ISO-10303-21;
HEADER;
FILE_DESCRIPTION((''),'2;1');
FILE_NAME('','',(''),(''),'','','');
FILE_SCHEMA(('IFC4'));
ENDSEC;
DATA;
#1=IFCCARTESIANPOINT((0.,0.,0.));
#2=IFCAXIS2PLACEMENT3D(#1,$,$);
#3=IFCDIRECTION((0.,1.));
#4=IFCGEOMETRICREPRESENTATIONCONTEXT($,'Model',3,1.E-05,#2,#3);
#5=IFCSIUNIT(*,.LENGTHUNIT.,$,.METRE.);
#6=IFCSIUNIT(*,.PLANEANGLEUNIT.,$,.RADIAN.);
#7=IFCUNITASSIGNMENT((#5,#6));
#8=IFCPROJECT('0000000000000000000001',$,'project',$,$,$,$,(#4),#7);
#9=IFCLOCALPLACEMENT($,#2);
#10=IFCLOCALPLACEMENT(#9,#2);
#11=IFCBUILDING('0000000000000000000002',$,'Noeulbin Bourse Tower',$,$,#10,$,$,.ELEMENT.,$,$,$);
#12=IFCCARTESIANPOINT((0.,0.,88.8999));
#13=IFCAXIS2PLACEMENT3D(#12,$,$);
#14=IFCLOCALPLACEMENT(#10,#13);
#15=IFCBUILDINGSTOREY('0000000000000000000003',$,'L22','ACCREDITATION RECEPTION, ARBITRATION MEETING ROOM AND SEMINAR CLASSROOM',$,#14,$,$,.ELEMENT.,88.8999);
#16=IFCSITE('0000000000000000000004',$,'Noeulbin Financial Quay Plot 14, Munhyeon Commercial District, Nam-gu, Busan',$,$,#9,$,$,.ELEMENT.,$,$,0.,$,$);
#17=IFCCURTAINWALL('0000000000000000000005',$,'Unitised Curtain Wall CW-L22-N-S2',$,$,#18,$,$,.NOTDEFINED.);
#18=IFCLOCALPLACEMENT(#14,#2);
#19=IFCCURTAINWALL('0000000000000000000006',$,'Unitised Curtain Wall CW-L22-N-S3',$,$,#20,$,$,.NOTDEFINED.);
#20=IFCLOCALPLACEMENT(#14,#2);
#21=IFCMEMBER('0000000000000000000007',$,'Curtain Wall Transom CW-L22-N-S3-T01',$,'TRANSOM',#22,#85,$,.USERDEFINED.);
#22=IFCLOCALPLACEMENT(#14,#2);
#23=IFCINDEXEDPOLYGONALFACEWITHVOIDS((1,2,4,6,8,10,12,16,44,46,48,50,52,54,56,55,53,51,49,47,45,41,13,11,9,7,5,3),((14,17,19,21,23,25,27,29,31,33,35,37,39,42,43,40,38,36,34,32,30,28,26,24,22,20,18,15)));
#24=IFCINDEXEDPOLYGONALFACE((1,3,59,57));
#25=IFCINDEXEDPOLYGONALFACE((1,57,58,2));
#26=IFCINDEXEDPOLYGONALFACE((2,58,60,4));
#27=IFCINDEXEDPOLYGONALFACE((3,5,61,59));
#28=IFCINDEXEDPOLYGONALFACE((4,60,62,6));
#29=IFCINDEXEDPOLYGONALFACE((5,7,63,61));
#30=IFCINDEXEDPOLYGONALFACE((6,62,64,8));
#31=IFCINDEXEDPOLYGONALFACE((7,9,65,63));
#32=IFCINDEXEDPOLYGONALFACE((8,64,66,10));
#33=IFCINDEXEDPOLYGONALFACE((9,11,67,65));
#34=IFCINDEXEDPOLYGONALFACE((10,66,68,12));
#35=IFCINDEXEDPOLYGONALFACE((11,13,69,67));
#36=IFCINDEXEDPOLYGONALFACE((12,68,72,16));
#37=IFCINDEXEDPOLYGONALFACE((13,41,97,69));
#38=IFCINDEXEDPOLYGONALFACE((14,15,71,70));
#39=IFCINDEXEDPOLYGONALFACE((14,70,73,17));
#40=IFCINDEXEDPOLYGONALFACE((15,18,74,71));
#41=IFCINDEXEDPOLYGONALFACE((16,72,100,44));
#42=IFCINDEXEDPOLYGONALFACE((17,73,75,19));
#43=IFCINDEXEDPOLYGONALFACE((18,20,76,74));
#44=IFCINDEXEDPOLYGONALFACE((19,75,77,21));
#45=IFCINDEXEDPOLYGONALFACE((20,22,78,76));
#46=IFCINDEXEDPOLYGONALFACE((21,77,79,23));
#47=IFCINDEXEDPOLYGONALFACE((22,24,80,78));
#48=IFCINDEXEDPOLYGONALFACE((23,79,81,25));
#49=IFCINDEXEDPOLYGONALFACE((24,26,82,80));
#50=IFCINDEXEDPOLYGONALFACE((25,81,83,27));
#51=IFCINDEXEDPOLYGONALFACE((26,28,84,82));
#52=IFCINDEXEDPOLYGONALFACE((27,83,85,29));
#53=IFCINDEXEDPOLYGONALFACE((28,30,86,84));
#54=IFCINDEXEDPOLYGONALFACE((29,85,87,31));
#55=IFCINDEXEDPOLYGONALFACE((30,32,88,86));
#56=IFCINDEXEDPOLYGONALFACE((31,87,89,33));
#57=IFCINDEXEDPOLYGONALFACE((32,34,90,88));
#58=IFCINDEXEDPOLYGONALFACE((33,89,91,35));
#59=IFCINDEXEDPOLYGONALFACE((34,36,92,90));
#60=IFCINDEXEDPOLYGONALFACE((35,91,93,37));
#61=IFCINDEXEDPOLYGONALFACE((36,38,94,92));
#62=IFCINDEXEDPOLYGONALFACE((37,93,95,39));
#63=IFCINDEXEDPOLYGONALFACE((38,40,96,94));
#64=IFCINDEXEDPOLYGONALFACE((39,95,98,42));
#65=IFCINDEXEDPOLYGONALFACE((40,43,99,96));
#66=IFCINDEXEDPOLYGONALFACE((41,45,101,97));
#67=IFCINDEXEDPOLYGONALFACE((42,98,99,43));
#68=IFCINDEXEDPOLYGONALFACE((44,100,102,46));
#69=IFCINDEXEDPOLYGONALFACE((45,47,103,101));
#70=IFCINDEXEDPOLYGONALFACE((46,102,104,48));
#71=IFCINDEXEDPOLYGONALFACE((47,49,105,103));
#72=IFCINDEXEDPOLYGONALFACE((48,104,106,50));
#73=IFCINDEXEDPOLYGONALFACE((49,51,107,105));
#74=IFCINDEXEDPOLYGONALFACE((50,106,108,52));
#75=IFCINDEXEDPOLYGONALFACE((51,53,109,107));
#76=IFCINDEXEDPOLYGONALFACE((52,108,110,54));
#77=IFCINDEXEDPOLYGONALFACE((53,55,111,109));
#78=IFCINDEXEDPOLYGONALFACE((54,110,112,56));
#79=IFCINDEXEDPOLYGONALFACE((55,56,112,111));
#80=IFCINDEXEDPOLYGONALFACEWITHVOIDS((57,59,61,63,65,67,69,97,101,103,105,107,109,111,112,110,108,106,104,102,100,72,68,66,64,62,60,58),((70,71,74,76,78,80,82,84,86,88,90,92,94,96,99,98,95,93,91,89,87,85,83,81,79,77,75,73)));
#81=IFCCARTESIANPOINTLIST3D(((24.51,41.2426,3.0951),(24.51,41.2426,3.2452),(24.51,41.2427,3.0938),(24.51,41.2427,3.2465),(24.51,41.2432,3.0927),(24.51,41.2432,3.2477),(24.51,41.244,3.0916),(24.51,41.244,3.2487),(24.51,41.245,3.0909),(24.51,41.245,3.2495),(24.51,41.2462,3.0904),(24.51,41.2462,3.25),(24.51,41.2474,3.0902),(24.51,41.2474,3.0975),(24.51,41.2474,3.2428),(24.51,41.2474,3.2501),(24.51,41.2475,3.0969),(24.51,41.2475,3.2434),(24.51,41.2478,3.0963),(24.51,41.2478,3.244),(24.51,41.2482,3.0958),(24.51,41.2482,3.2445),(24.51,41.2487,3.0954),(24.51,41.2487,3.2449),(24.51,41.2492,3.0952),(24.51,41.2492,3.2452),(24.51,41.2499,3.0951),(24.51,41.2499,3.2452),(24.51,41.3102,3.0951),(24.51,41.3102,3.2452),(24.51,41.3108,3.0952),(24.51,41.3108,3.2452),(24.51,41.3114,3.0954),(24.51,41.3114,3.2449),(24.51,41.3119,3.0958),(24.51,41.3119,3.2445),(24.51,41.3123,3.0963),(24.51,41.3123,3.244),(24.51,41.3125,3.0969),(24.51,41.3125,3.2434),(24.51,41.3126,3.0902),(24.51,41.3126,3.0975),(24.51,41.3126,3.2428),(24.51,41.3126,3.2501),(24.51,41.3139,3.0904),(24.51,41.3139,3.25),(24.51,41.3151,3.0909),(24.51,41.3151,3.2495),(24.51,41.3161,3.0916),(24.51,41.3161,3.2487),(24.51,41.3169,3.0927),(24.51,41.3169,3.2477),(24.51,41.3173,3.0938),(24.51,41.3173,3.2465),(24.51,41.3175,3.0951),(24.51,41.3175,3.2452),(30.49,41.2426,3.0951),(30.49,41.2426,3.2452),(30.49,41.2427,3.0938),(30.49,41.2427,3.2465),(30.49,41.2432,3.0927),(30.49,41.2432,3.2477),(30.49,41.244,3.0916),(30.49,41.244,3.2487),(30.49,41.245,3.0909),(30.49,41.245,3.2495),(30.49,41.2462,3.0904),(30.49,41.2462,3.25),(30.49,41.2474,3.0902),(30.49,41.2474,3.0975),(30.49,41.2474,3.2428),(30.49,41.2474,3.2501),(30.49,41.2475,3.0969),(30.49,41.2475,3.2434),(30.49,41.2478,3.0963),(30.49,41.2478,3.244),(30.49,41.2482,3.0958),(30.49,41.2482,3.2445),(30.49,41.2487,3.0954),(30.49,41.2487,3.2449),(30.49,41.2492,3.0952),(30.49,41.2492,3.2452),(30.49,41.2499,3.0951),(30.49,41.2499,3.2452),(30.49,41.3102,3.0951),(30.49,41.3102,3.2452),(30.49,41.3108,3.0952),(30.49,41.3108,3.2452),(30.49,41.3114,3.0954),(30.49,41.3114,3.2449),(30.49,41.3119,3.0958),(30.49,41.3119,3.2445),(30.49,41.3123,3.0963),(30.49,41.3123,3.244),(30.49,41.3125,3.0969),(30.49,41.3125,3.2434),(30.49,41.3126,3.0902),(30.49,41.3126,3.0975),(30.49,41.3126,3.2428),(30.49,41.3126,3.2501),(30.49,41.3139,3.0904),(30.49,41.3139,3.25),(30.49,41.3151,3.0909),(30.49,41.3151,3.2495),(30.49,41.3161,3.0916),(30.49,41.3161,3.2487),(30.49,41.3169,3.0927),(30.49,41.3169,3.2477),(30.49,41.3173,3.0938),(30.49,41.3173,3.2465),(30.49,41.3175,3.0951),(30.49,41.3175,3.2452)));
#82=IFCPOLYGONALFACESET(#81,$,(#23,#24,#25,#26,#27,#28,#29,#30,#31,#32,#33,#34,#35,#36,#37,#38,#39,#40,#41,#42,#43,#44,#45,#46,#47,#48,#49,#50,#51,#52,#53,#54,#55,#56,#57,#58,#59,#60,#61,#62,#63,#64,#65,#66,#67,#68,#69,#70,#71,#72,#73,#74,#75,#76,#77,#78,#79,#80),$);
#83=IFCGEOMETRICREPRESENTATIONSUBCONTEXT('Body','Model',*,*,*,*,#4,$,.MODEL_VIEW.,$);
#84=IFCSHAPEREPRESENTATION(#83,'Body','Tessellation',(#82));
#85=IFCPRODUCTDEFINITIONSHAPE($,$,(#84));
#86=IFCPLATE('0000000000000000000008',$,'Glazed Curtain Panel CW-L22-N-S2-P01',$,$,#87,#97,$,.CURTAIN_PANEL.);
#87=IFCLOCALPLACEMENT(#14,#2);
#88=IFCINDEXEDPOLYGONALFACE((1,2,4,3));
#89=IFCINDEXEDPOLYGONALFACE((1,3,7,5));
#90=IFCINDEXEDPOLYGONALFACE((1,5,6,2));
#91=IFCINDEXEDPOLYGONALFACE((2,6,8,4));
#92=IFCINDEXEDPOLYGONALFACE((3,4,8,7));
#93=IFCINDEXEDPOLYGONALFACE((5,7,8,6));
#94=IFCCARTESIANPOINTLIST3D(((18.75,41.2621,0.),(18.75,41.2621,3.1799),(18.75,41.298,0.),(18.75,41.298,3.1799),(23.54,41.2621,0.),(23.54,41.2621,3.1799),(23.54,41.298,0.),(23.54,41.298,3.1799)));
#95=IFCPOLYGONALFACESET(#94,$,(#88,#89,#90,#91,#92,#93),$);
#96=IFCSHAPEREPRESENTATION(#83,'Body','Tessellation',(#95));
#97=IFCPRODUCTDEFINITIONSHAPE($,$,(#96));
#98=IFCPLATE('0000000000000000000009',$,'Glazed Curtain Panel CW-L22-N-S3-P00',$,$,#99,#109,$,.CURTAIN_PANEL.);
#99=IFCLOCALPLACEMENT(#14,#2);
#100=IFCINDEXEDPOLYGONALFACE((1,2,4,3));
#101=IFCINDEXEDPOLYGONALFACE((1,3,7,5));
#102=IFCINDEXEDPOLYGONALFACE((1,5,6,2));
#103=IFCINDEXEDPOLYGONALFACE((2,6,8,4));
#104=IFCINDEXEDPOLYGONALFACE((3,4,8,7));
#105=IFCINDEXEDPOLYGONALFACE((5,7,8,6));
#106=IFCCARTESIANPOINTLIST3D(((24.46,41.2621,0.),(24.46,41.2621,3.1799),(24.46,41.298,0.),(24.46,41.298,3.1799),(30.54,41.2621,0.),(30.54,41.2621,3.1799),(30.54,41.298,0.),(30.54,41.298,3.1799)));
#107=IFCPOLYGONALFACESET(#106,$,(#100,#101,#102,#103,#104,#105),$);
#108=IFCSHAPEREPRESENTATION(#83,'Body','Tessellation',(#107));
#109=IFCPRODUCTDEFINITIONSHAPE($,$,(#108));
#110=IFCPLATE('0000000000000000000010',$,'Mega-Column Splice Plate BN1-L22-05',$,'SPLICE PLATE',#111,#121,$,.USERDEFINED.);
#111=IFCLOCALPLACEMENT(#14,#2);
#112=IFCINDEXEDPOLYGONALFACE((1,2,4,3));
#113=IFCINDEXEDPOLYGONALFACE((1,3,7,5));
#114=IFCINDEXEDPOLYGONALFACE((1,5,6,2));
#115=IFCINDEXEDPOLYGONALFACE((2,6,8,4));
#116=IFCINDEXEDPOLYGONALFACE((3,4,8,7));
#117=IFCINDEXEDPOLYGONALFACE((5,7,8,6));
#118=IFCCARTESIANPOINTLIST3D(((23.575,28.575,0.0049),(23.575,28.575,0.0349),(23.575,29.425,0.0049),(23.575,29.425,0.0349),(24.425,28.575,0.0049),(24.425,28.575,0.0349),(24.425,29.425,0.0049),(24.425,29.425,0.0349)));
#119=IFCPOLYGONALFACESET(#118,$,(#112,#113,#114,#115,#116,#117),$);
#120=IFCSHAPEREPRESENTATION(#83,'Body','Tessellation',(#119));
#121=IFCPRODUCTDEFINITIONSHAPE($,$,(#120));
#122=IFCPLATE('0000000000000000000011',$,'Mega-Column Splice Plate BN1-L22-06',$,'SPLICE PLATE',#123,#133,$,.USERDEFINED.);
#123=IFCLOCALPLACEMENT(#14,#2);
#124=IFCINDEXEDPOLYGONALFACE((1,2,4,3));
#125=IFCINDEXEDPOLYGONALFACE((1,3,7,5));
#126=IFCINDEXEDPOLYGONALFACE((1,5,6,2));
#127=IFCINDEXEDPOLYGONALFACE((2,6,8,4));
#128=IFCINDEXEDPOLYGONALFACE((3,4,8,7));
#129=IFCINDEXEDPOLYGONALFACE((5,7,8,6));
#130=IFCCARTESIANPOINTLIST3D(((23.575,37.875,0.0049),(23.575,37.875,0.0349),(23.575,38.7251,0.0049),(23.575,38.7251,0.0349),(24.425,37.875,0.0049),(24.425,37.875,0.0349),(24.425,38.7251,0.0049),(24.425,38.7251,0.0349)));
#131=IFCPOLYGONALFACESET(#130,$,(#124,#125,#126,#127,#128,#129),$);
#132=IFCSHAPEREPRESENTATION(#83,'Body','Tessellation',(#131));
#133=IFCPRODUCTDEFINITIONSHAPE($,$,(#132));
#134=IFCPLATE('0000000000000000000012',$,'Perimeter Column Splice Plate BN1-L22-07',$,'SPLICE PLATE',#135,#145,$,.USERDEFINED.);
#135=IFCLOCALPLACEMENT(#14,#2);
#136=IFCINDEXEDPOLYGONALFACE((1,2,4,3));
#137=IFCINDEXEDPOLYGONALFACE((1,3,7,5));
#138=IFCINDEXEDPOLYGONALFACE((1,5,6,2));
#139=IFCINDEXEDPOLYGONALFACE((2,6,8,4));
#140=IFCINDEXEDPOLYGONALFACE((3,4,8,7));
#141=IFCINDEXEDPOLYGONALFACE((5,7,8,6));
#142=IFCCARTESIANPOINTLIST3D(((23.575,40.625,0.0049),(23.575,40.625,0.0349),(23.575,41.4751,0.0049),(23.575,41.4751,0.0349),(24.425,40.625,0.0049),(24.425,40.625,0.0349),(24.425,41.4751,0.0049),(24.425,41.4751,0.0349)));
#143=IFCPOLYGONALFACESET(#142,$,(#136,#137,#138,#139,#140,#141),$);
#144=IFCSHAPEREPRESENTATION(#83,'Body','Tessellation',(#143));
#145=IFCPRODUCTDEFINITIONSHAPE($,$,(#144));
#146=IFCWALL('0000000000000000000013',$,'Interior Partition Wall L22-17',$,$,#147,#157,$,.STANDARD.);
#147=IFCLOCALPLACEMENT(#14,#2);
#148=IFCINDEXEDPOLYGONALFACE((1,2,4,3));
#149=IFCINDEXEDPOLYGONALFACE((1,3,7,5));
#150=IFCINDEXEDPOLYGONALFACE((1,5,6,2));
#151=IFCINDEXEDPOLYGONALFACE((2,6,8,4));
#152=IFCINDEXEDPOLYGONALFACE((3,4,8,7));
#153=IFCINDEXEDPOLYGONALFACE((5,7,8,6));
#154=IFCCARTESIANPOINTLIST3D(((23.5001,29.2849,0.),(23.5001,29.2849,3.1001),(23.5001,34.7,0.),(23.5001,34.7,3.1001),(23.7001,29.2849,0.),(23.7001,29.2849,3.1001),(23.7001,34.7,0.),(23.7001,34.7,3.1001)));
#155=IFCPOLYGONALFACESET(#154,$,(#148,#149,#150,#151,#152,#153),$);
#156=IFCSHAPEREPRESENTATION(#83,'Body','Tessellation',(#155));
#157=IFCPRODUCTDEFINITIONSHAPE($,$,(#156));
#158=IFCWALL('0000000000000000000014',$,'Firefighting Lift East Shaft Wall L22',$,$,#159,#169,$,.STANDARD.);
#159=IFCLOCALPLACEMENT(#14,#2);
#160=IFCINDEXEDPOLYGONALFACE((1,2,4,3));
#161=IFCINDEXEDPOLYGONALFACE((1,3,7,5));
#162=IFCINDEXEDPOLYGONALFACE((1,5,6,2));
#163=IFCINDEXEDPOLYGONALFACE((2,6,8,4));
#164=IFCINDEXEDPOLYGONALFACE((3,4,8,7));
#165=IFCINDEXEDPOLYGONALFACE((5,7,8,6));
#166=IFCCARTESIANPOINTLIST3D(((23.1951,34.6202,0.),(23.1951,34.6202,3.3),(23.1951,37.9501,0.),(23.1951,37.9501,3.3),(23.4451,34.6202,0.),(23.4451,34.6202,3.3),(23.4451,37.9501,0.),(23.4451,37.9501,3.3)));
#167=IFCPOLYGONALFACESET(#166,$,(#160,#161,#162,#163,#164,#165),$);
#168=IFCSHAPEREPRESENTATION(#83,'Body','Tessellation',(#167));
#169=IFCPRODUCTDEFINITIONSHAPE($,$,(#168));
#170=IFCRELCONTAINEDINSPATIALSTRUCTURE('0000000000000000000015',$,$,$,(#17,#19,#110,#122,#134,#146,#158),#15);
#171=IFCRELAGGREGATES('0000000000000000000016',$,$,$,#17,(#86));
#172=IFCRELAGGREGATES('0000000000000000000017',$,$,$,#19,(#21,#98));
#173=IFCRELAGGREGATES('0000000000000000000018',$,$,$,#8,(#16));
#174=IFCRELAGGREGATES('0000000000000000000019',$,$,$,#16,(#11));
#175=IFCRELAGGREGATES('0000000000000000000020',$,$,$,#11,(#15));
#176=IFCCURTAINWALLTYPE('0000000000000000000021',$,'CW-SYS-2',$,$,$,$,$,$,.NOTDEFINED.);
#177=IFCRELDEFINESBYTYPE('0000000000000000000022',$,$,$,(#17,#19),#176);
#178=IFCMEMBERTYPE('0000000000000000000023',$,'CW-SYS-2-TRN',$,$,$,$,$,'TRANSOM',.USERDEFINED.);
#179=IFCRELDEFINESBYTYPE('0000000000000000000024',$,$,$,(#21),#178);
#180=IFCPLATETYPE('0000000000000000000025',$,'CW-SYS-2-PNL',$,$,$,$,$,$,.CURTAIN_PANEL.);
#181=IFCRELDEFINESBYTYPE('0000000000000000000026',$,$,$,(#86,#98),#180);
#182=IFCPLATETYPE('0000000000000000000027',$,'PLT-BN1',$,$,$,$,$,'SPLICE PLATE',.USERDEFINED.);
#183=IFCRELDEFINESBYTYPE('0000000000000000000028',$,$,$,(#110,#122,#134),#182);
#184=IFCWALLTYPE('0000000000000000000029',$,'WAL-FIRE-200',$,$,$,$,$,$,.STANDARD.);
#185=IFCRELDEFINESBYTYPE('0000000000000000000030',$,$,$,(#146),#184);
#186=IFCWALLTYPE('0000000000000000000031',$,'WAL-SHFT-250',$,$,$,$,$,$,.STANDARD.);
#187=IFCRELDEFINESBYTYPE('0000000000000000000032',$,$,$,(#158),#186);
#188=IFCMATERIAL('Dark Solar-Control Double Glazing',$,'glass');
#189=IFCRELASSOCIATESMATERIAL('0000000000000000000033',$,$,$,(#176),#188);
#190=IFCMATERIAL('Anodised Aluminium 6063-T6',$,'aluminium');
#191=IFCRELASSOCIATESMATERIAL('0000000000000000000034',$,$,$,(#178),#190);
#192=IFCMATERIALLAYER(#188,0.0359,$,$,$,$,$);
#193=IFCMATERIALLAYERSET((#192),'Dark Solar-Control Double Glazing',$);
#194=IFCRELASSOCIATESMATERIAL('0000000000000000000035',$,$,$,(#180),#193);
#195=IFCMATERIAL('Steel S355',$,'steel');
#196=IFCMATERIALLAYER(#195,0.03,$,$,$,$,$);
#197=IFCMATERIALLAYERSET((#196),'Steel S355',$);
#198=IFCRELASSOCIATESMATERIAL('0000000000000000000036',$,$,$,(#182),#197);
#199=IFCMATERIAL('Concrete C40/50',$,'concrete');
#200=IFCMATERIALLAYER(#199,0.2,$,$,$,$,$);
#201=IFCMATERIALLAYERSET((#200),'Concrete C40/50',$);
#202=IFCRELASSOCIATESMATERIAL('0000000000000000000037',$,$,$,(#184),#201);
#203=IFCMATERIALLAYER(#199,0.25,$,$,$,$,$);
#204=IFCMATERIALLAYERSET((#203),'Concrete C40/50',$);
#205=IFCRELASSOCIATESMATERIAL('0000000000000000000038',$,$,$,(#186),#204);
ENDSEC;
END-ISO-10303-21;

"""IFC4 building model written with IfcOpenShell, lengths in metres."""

from ifc_helpers import new_model, si_unit, direction, frame, frame_2d, origin, origin_2d, place, context, subcontext, project, spatial, rectangle, hollow_rectangle, extrude, material, layer, layer_set, material_profile, profile_set, type_object, element, aggregate, save


model = new_model("IFC4")

# Units and contexts
model_context = context("Model", 3, precision=1e-05, world=origin(), true_north=direction((0.0, 1.0)))
body_context = subcontext(model_context, "Body", "Model", "MODEL_VIEW")
ifc_project = project(units=[si_unit("LENGTHUNIT", "METRE"), si_unit("PLANEANGLEUNIT", "RADIAN")], contexts=[model_context])

# Site, building, storey
site_placement = place(None, origin())
site = spatial("IfcSite", under=ifc_project, at=site_placement, Name="Noeulbin Financial Quay Plot 14, Munhyeon Commercial District, Nam-gu, Busan", CompositionType="ELEMENT", RefElevation=0.0)
building_placement = place(site_placement, origin())
building = spatial("IfcBuilding", under=site, at=building_placement, Name="Noeulbin Bourse Tower", CompositionType="ELEMENT")
storey_placement = place(building_placement, frame((0.0, 0.0, 88.8999)))
storey = spatial("IfcBuildingStorey", under=building, at=storey_placement, Name="L22", Description="ACCREDITATION RECEPTION, ARBITRATION MEETING ROOM AND SEMINAR CLASSROOM", CompositionType="ELEMENT", Elevation=88.8999)

# Shared definitions
ifc_material_1 = material(Name="Steel S355", Category="steel")

# Curtain wall
ifc_material_2 = material(Name="Dark Solar-Control Double Glazing", Category="glass")
curtain_wall_type = type_object("IfcCurtainWallType", Name="CW-SYS-2", PredefinedType="NOTDEFINED", material=ifc_material_2)
curtain_wall_1_placement = place(storey_placement, origin())
curtain_wall_1 = element("IfcCurtainWall", 1, at=curtain_wall_1_placement, inside=storey, type_object=curtain_wall_type, Name="Unitised Curtain Wall CW-L22-N-S2", PredefinedType="NOTDEFINED")
ifc_material_3 = material(Name="Anodised Aluminium 6063-T6", Category="aluminium")

# Curtain wall, member
curtain_wall_2_placement = place(storey_placement, origin())
curtain_wall_2 = element("IfcCurtainWall", 2, at=curtain_wall_2_placement, inside=storey, type_object=curtain_wall_type, Name="Unitised Curtain Wall CW-L22-N-S3", PredefinedType="NOTDEFINED")
ifc_material_profile_1 = material_profile(ifc_material_3, hollow_rectangle(XDim=0.075, YDim=0.1599, WallThickness=0.0049, InnerFilletRadius=0.0024, OuterFilletRadius=0.0049, at=origin_2d()), Name="ALU-TRAN-75x160x5", Category="LoadBearing")
ifc_profile_set_1 = profile_set([ifc_material_profile_1], Name="Anodised Aluminium 6063-T6")
member_type_1 = type_object("IfcMemberType", Name="CW-SYS-2-TRN", ElementType="TRANSOM", PredefinedType="USERDEFINED", material=ifc_profile_set_1)
member_1_placement = place(storey_placement, frame((24.51, 41.28, 3.1702), z_axis=(1.0, 0.0, 0.0), x_axis=(0.0, 1.0, 0.0)))
member_1 = element("IfcMember", 3, at=member_1_placement, type_object=member_type_1, Name="Curtain Wall Transom CW-L22-N-S3-T01", ObjectType="TRANSOM", PredefinedType="USERDEFINED", context=body_context, shape_type="SweptSolid", body=[
    extrude(hollow_rectangle(XDim=0.075, YDim=0.1599, WallThickness=0.0049, InnerFilletRadius=0.0024, OuterFilletRadius=0.0049, at=origin_2d()), origin(), (0.0, 0.0, 1.0), 5.98),
])

# Plates
ifc_layer_1 = layer(ifc_material_2, 0.0359)
ifc_layer_set_1 = layer_set([ifc_layer_1], Name="Dark Solar-Control Double Glazing")
plate_type_1 = type_object("IfcPlateType", Name="CW-SYS-2-PNL", PredefinedType="CURTAIN_PANEL", material=ifc_layer_set_1)
plate_1_placement = place(storey_placement, frame((21.145, 41.28, 0.0), z_axis=(0.0, 0.0, 1.0), x_axis=(1.0, 0.0, 0.0)))
plate_1 = element("IfcPlate", 4, at=plate_1_placement, type_object=plate_type_1, Name="Glazed Curtain Panel CW-L22-N-S2-P01", PredefinedType="CURTAIN_PANEL", context=body_context, shape_type="SweptSolid", body=[
    extrude(rectangle(XDim=4.79, YDim=0.0359, at=origin_2d()), origin(), (0.0, 0.0, 1.0), 3.1799),
])
aggregate(curtain_wall_1, [plate_1])
plate_2_placement = place(storey_placement, frame((27.5, 41.28, 0.0), z_axis=(0.0, 0.0, 1.0), x_axis=(1.0, 0.0, 0.0)))
plate_2 = element("IfcPlate", 5, at=plate_2_placement, type_object=plate_type_1, Name="Glazed Curtain Panel CW-L22-N-S3-P00", PredefinedType="CURTAIN_PANEL", context=body_context, shape_type="SweptSolid", body=[
    extrude(rectangle(XDim=6.0801, YDim=0.0359, at=origin_2d()), origin(), (0.0, 0.0, 1.0), 3.1799),
])
aggregate(curtain_wall_2, [member_1, plate_2])

# Plates
ifc_layer_2 = layer(ifc_material_1, 0.03)
ifc_layer_set_2 = layer_set([ifc_layer_2], Name="Steel S355")
plate_type_2 = type_object("IfcPlateType", Name="PLT-BN1", ElementType="SPLICE PLATE", PredefinedType="USERDEFINED", material=ifc_layer_set_2)
for number, where, z_axis, x_axis, name in (
    (6, (24.0, 29.0, 0.0049), (0.0, 0.0, 1.0), (1.0, 0.0, 0.0), "Mega-Column Splice Plate BN1-L22-05"),
    (7, (24.0, 38.3, 0.0049), (0.0, 0.0, 1.0), (1.0, 0.0, 0.0), "Mega-Column Splice Plate BN1-L22-06"),
    (8, (24.0, 41.05, 0.0049), (0.0, 0.0, 1.0), (1.0, 0.0, 0.0), "Perimeter Column Splice Plate BN1-L22-07"),
):
    element("IfcPlate", number, at=place(storey_placement, frame(where, z_axis=z_axis, x_axis=x_axis)), inside=storey, type_object=plate_type_2, Name=name, ObjectType="SPLICE PLATE", PredefinedType="USERDEFINED", context=body_context, shape_type="SweptSolid", body=[
        extrude(rectangle(XDim=0.8501, YDim=0.8501, at=origin_2d()), origin(), (0.0, 0.0, 1.0), 0.03),
    ])

# Walls
ifc_material_4 = material(Name="Concrete C40/50", Category="concrete")
ifc_layer_3 = layer(ifc_material_4, 0.2)
ifc_layer_set_3 = layer_set([ifc_layer_3], Name="Concrete C40/50")
wall_type_1 = type_object("IfcWallType", Name="WAL-FIRE-200", PredefinedType="STANDARD", material=ifc_layer_set_3)
wall_1_placement = place(storey_placement, frame((23.6001, 29.2849, 0.0), z_axis=(0.0, 0.0, 1.0), x_axis=(0.0, 1.0, 0.0)))
element("IfcWall", 9, at=wall_1_placement, inside=storey, type_object=wall_type_1, Name="Interior Partition Wall L22-17", PredefinedType="STANDARD", context=body_context, shape_type="SweptSolid", body=[
    extrude(rectangle(XDim=5.415, YDim=0.2, at=frame_2d((2.7075, 0.0))), origin(), (0.0, 0.0, 1.0), 3.1001),
])
ifc_layer_4 = layer(ifc_material_4, 0.25)
ifc_layer_set_4 = layer_set([ifc_layer_4], Name="Concrete C40/50")
wall_type_2 = type_object("IfcWallType", Name="WAL-SHFT-250", PredefinedType="STANDARD", material=ifc_layer_set_4)
wall_2_placement = place(storey_placement, frame((23.3201, 34.6201, 0.0), z_axis=(0.0, 0.0, 1.0), x_axis=(0.0, 1.0, 0.0)))
element("IfcWall", 10, at=wall_2_placement, inside=storey, type_object=wall_type_2, Name="Firefighting Lift East Shaft Wall L22", PredefinedType="STANDARD", context=body_context, shape_type="SweptSolid", body=[
    extrude(rectangle(XDim=3.3298, YDim=0.25, at=frame_2d((1.665, 0.0))), origin(), (0.0, 0.0, 1.0), 3.3),
])

save(model, "model.ifc")
